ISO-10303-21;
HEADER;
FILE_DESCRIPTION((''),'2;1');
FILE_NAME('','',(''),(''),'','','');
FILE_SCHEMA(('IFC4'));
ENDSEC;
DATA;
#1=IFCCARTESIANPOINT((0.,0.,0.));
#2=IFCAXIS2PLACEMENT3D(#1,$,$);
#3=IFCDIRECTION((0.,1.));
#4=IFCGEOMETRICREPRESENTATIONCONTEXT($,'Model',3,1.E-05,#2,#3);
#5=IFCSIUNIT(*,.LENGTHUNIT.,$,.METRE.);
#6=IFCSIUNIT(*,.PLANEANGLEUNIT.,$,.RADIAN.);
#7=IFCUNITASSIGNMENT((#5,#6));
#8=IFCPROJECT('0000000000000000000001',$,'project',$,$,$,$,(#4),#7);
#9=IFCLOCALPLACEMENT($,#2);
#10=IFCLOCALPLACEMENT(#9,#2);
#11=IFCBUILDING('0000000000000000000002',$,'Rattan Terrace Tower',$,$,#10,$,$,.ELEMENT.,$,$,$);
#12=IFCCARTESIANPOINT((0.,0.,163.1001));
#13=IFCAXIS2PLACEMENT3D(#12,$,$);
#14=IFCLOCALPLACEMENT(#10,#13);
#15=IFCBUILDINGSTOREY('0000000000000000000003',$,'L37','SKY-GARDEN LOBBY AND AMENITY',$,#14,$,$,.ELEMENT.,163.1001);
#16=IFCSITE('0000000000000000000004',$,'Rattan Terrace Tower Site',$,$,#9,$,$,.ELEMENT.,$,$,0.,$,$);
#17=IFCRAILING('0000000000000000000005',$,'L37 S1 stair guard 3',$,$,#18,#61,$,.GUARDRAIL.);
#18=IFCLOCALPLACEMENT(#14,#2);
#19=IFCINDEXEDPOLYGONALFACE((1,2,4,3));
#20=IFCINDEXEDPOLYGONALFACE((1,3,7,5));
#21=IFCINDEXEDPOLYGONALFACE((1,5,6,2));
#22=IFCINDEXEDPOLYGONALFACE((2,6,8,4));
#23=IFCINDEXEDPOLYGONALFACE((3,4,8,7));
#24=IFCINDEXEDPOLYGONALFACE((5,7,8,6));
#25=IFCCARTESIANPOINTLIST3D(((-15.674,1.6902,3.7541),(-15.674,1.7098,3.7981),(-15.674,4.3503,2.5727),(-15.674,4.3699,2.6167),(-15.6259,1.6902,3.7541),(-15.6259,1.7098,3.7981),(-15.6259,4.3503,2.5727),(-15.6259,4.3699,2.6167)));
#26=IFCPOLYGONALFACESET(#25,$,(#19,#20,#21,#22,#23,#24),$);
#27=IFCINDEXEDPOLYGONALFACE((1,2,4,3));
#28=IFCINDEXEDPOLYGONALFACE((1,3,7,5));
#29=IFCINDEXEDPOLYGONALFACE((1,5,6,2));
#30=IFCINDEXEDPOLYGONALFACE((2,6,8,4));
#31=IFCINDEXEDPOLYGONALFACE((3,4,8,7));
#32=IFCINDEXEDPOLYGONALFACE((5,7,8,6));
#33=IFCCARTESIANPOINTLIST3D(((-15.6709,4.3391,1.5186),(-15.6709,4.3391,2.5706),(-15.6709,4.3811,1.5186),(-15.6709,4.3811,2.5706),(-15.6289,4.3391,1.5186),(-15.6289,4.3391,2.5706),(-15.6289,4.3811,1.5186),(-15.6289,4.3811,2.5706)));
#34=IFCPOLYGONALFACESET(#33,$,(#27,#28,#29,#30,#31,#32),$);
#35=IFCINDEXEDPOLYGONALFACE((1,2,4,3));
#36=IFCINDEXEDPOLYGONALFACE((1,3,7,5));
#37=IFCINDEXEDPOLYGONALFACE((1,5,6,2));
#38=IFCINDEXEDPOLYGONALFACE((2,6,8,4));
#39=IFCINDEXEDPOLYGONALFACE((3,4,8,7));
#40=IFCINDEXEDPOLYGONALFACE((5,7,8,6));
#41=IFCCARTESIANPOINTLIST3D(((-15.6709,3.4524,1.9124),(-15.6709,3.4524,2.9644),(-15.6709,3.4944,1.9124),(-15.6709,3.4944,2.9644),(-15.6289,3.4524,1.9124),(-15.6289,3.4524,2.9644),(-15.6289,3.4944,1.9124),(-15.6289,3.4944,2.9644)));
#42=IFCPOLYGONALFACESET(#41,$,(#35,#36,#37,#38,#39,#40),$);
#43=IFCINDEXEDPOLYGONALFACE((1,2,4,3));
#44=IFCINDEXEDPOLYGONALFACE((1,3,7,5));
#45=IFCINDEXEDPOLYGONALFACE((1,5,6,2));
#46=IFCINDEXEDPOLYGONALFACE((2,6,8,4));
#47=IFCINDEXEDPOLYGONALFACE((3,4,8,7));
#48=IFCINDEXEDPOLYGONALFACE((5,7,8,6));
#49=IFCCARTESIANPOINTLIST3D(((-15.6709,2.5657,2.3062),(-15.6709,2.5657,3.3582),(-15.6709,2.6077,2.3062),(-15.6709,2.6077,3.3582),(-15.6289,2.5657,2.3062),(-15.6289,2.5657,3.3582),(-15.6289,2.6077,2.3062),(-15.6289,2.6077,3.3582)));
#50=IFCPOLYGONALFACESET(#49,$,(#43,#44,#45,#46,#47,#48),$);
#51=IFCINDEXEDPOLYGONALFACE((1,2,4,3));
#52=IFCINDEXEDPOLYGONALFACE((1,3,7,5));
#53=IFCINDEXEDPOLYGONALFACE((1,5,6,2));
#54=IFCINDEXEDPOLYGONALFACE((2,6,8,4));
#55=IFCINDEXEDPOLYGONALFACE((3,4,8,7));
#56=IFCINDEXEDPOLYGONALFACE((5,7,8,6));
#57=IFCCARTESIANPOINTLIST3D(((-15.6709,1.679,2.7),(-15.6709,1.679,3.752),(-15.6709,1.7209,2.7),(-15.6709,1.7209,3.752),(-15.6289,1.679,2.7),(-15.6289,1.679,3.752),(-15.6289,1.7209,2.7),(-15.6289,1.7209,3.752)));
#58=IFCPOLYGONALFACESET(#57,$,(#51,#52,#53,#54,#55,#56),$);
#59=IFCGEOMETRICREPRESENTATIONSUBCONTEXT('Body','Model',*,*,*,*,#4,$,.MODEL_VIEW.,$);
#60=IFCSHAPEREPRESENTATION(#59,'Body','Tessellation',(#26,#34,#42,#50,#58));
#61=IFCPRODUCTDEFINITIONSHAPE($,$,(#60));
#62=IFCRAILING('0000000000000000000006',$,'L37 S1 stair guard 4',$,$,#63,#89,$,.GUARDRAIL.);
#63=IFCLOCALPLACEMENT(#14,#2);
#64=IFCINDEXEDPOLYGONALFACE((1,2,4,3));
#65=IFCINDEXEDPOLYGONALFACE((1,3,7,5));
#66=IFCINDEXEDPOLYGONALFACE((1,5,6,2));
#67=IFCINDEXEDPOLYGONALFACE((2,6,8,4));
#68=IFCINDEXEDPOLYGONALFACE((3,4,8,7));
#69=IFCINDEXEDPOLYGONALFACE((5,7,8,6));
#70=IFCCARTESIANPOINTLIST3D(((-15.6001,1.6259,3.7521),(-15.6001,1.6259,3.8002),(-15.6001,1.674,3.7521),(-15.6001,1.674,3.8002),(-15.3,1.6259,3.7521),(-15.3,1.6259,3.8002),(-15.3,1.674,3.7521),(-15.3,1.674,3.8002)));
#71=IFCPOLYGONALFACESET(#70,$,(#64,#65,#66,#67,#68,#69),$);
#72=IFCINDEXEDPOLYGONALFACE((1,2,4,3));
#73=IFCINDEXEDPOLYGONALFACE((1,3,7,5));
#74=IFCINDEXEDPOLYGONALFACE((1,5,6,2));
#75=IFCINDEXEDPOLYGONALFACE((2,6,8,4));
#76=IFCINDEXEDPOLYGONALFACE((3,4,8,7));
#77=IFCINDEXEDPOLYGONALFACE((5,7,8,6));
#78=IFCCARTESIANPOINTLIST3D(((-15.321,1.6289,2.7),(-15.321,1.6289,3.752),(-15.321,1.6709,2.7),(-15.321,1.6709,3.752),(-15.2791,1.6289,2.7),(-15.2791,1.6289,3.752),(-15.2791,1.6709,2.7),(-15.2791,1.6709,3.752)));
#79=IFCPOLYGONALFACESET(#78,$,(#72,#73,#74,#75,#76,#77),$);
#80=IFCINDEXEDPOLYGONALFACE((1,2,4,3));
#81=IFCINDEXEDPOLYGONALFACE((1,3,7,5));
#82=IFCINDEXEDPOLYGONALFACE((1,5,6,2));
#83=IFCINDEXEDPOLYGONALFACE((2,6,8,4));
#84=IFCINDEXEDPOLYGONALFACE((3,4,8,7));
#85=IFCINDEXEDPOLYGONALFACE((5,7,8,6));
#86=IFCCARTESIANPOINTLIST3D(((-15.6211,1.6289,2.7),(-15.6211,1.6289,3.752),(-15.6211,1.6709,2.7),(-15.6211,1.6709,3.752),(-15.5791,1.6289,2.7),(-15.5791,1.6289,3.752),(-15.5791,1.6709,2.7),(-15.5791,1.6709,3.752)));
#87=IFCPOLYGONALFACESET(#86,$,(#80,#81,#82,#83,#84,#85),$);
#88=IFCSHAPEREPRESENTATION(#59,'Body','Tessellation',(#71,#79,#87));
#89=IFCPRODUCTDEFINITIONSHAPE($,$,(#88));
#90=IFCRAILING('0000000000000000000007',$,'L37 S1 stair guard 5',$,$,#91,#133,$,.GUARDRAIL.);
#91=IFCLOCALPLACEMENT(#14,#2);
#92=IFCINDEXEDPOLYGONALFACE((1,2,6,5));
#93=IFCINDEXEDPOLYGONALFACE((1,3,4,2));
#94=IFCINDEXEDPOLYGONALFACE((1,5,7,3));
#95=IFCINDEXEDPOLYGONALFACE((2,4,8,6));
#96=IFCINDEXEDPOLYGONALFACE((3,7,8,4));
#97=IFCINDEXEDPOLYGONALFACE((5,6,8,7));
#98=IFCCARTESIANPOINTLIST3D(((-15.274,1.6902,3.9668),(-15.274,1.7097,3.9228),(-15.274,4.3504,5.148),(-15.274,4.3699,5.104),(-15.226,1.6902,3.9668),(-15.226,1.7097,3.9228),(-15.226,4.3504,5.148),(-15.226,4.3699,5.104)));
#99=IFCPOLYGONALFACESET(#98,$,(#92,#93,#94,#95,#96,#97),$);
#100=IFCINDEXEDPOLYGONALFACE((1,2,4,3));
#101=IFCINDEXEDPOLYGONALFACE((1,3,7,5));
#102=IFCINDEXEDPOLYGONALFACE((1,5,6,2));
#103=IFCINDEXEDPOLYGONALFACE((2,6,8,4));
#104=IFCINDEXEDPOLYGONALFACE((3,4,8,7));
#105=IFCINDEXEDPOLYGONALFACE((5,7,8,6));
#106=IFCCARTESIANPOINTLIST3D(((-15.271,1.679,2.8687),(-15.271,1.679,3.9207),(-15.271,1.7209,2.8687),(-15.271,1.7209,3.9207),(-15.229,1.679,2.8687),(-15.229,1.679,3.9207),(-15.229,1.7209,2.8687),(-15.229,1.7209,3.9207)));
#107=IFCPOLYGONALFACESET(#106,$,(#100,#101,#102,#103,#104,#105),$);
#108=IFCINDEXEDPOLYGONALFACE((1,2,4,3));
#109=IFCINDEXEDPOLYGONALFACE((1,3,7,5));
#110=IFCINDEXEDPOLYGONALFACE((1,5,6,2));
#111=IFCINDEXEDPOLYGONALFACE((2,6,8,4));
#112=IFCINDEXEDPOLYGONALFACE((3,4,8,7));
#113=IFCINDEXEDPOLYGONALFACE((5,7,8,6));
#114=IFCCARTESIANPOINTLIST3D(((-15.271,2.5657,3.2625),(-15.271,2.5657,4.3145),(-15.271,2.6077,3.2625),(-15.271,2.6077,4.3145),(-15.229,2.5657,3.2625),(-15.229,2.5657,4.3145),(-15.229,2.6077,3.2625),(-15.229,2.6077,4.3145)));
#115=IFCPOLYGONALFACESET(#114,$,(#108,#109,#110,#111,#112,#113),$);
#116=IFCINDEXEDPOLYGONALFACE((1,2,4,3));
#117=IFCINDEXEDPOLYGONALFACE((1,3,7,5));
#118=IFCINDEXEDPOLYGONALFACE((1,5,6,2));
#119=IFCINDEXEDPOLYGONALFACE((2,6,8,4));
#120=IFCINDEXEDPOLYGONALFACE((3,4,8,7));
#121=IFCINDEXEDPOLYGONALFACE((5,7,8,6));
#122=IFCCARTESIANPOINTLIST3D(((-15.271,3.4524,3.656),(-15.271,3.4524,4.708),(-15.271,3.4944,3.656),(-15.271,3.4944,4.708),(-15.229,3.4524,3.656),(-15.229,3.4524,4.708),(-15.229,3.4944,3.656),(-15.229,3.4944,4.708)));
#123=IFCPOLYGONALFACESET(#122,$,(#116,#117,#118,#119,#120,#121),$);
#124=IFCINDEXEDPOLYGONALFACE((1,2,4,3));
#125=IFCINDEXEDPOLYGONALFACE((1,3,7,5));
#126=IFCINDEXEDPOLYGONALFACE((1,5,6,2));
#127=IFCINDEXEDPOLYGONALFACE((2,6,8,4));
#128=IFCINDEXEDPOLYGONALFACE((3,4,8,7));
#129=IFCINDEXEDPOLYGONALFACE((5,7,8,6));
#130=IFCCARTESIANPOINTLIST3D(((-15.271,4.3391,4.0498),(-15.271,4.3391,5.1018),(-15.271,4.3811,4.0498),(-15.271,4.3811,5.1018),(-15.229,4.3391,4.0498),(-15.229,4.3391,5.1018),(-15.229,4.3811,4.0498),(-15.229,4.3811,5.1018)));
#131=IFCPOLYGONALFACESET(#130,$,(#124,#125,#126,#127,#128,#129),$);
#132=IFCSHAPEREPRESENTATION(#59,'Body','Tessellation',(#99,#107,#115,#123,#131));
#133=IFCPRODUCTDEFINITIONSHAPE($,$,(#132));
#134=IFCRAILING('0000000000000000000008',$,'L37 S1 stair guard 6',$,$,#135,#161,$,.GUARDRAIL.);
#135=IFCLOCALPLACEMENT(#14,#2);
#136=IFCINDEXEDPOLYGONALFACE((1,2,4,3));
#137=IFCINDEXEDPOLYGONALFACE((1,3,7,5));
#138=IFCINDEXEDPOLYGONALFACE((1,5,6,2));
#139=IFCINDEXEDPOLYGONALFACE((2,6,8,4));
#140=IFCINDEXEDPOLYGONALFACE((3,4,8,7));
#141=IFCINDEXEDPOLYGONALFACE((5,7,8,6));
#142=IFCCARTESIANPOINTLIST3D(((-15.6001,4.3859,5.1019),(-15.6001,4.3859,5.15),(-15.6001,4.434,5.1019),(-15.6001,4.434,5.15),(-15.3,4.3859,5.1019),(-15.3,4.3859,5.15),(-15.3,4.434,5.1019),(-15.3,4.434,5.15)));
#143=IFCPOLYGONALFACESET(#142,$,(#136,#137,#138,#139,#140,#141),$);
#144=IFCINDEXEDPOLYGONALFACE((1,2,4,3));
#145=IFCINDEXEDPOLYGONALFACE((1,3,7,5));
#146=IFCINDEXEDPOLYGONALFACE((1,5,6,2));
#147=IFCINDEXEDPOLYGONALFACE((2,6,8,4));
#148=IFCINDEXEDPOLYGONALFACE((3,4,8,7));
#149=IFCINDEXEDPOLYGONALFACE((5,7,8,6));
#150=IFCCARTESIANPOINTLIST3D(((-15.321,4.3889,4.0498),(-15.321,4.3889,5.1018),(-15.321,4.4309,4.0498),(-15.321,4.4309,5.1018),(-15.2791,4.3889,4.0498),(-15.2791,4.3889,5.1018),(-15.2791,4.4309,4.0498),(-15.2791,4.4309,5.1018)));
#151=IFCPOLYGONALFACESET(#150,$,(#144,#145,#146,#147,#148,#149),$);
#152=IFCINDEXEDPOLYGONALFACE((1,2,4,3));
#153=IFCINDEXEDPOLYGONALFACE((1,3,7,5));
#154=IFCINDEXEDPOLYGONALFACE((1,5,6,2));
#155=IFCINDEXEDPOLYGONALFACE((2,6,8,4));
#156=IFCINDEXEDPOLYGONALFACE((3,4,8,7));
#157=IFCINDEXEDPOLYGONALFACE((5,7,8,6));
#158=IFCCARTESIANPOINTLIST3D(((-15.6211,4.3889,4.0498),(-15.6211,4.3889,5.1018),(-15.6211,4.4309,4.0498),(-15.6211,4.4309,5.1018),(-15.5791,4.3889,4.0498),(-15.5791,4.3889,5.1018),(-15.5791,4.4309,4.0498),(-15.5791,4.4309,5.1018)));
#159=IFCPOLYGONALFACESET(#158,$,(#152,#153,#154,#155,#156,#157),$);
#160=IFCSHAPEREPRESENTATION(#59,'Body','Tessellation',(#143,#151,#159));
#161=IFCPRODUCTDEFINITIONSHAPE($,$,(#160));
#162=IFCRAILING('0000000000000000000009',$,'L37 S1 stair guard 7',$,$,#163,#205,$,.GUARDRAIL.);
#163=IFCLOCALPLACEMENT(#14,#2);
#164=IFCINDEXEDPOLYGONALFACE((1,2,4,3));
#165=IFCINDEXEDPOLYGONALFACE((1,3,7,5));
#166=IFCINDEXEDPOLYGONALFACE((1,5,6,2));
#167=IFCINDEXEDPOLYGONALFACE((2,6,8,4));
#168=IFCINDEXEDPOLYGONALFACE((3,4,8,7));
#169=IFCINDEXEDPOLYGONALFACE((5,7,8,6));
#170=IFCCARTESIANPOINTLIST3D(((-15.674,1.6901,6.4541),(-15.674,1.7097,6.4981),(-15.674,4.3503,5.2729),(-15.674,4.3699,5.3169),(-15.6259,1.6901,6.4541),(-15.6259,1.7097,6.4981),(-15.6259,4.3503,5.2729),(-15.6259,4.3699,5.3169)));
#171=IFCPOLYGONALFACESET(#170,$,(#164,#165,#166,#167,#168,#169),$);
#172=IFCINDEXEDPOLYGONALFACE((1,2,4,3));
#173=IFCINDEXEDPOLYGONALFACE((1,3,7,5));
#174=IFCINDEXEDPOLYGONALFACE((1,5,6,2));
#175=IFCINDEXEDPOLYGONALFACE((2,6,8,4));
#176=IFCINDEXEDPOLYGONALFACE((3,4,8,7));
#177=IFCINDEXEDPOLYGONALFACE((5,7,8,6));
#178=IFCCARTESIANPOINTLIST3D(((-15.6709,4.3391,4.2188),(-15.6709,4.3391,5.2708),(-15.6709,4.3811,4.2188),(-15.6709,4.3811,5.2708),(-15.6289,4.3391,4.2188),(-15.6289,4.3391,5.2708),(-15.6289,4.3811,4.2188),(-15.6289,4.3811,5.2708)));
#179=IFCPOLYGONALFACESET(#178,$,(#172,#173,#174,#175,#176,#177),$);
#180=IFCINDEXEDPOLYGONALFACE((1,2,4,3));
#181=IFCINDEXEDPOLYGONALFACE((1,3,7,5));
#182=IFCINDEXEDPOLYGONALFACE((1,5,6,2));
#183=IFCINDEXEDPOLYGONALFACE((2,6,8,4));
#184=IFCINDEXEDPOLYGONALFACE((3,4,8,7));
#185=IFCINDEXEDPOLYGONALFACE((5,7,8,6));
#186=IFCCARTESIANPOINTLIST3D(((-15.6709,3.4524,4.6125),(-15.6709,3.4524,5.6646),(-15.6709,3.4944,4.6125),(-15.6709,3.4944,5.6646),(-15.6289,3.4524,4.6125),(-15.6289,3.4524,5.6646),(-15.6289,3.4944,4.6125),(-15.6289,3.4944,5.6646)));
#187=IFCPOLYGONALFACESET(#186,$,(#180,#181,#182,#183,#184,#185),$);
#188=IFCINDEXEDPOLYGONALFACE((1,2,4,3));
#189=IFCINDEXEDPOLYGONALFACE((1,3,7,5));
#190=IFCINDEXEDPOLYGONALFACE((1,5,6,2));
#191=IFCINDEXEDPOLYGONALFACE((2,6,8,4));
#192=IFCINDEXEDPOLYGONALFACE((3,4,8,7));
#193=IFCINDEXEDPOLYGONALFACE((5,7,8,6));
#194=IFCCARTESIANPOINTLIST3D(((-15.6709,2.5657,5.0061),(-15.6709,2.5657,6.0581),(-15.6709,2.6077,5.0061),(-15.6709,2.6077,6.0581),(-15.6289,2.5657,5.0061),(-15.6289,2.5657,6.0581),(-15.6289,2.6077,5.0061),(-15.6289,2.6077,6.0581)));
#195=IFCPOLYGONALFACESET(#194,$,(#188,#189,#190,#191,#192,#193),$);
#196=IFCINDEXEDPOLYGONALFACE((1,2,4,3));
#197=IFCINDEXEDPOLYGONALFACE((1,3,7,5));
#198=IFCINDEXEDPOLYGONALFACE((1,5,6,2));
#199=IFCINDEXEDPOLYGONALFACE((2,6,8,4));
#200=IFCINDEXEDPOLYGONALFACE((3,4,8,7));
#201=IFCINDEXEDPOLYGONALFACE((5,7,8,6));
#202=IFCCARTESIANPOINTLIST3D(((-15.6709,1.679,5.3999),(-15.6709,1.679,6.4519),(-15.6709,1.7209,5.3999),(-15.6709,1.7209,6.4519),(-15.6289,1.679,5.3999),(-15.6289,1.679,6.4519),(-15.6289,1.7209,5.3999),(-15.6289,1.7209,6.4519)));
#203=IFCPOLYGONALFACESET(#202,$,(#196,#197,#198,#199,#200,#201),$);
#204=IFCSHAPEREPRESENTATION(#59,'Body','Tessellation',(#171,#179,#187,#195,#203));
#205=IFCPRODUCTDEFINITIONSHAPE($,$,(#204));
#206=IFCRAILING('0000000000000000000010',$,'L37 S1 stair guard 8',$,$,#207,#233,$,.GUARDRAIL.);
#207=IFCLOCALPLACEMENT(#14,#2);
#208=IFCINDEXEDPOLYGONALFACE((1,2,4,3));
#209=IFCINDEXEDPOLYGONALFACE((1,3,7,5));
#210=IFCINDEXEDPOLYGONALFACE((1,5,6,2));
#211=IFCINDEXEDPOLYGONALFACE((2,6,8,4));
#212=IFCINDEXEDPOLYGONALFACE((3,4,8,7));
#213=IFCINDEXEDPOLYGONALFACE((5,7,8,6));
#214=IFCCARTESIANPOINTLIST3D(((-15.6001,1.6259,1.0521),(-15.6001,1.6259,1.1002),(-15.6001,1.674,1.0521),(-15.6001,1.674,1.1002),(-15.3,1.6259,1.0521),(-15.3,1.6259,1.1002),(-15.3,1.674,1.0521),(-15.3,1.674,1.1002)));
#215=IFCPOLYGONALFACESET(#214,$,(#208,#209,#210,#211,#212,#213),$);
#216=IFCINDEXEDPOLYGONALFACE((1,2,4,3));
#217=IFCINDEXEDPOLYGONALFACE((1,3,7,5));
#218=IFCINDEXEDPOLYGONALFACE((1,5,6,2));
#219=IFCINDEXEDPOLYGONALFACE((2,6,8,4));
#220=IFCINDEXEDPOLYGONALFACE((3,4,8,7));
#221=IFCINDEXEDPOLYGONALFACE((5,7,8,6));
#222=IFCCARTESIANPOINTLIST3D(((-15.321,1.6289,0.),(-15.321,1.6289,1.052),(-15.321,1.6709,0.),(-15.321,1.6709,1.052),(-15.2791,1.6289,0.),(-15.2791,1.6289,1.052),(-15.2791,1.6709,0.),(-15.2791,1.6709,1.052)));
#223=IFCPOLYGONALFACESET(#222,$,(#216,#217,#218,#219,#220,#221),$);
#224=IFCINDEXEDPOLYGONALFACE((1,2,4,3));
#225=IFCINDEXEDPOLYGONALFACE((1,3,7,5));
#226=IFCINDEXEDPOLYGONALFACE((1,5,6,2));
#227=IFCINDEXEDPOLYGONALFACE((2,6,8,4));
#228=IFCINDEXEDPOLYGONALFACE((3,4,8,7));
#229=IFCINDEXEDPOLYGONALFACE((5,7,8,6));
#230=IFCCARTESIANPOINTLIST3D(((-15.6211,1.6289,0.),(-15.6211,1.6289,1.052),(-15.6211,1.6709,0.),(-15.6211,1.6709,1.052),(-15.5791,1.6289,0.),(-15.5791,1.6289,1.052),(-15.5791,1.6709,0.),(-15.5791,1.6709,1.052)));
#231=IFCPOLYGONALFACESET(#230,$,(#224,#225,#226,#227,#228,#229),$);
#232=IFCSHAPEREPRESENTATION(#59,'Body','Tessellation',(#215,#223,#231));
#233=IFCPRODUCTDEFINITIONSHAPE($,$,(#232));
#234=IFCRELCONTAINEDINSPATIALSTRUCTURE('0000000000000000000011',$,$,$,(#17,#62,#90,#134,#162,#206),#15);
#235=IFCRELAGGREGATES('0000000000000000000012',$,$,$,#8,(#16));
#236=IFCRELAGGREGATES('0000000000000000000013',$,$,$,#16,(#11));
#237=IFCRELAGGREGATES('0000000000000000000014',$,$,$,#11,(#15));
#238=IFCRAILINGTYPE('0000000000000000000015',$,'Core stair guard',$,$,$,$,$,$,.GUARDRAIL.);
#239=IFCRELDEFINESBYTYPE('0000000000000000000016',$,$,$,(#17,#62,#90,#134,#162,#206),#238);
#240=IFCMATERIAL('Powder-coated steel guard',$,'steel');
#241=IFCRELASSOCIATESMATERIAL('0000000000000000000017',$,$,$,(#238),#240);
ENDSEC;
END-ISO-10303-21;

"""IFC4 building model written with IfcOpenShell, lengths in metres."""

from ifc_helpers import new_model, si_unit, direction, frame, origin, origin_2d, place, context, subcontext, project, spatial, rectangle, extrude, material, type_object, element, save


model = new_model("IFC4")

# Units and contexts
model_context = context("Model", 3, precision=1e-05, world=origin(), true_north=direction((0.0, 1.0)))
body_context = subcontext(model_context, "Body", "Model", "MODEL_VIEW")
ifc_project = project(units=[si_unit("LENGTHUNIT", "METRE"), si_unit("PLANEANGLEUNIT", "RADIAN")], contexts=[model_context])

# Site, building, storey
site_placement = place(None, origin())
site = spatial("IfcSite", under=ifc_project, at=site_placement, Name="Rattan Terrace Tower Site", CompositionType="ELEMENT", RefElevation=0.0)
building_placement = place(site_placement, origin())
building = spatial("IfcBuilding", under=site, at=building_placement, Name="Rattan Terrace Tower", CompositionType="ELEMENT")
storey_placement = place(building_placement, frame((0.0, 0.0, 163.1001)))
storey = spatial("IfcBuildingStorey", under=building, at=storey_placement, Name="L37", Description="SKY-GARDEN LOBBY AND AMENITY", CompositionType="ELEMENT", Elevation=163.1001)

# Railings
ifc_material_1 = material(Name="Powder-coated steel guard", Category="steel")
railing_type_1 = type_object("IfcRailingType", Name="Core stair guard", PredefinedType="GUARDRAIL", material=ifc_material_1)
railing_1_placement = place(storey_placement, frame((-15.6499, 4.3601, 1.5186)))
element("IfcRailing", 1, at=railing_1_placement, inside=storey, type_object=railing_type_1, Name="L37 S1 stair guard 3", PredefinedType="GUARDRAIL", context=body_context, shape_type="SweptSolid", body=[
    extrude(rectangle(XDim=0.0481, YDim=0.0481, at=origin_2d()), frame((0.0, 0.0, 1.0762), z_axis=(0.0, -0.913926, 0.405882), x_axis=(1.0, 0.0, 0.0)), (0.0, 0.0, 1.0), 2.9106),
    extrude(rectangle(XDim=0.042, YDim=0.042, at=origin_2d()), origin(), (0.0, 0.0, 1.0), 1.052),
    extrude(rectangle(XDim=0.042, YDim=0.042, at=origin_2d()), frame((0.0, -0.8867, 0.3938)), (0.0, 0.0, 1.0), 1.052),
    extrude(rectangle(XDim=0.042, YDim=0.042, at=origin_2d()), frame((0.0, -1.7734, 0.7876)), (0.0, 0.0, 1.0), 1.052),
    extrude(rectangle(XDim=0.042, YDim=0.042, at=origin_2d()), frame((0.0, -2.6602, 1.1814)), (0.0, 0.0, 1.0), 1.052),
])
railing_2_placement = place(storey_placement, frame((-15.3, 1.6499, 2.7)))
element("IfcRailing", 2, at=railing_2_placement, inside=storey, type_object=railing_type_1, Name="L37 S1 stair guard 4", PredefinedType="GUARDRAIL", context=body_context, shape_type="SweptSolid", body=[
    extrude(rectangle(XDim=0.0481, YDim=0.0481, at=origin_2d()), frame((0.0, 0.0, 1.0762), z_axis=(-1.0, 0.0, 0.0), x_axis=(0.0, -1.0, 0.0)), (0.0, 0.0, 1.0), 0.3),
    extrude(rectangle(XDim=0.042, YDim=0.042, at=origin_2d()), origin(), (0.0, 0.0, 1.0), 1.052),
    extrude(rectangle(XDim=0.042, YDim=0.042, at=origin_2d()), frame((-0.3, 0.0, 0.0)), (0.0, 0.0, 1.0), 1.052),
])
railing_3_placement = place(storey_placement, frame((-15.25, 1.7, 2.8687)))
element("IfcRailing", 3, at=railing_3_placement, inside=storey, type_object=railing_type_1, Name="L37 S1 stair guard 5", PredefinedType="GUARDRAIL", context=body_context, shape_type="SweptSolid", body=[
    extrude(rectangle(XDim=0.0481, YDim=0.0481, at=origin_2d()), frame((0.0, 0.0, 1.0762), z_axis=(0.0, 0.913957, 0.405812), x_axis=(-1.0, 0.0, 0.0)), (0.0, 0.0, 1.0), 2.9106),
    extrude(rectangle(XDim=0.042, YDim=0.042, at=origin_2d()), origin(), (0.0, 0.0, 1.0), 1.052),
    extrude(rectangle(XDim=0.042, YDim=0.042, at=origin_2d()), frame((0.0, 0.8867, 0.3938)), (0.0, 0.0, 1.0), 1.052),
    extrude(rectangle(XDim=0.042, YDim=0.042, at=origin_2d()), frame((0.0, 1.7734, 0.7874)), (0.0, 0.0, 1.0), 1.052),
    extrude(rectangle(XDim=0.042, YDim=0.042, at=origin_2d()), frame((0.0, 2.6602, 1.1812)), (0.0, 0.0, 1.0), 1.052),
])
railing_4_placement = place(storey_placement, frame((-15.3, 4.4099, 4.0498)))
element("IfcRailing", 4, at=railing_4_placement, inside=storey, type_object=railing_type_1, Name="L37 S1 stair guard 6", PredefinedType="GUARDRAIL", context=body_context, shape_type="SweptSolid", body=[
    extrude(rectangle(XDim=0.0481, YDim=0.0481, at=origin_2d()), frame((0.0, 0.0, 1.0762), z_axis=(-1.0, 0.0, 0.0), x_axis=(0.0, -1.0, 0.0)), (0.0, 0.0, 1.0), 0.3),
    extrude(rectangle(XDim=0.042, YDim=0.042, at=origin_2d()), origin(), (0.0, 0.0, 1.0), 1.052),
    extrude(rectangle(XDim=0.042, YDim=0.042, at=origin_2d()), frame((-0.3, 0.0, 0.0)), (0.0, 0.0, 1.0), 1.052),
])
railing_5_placement = place(storey_placement, frame((-15.6499, 4.3601, 4.2188)))
element("IfcRailing", 5, at=railing_5_placement, inside=storey, type_object=railing_type_1, Name="L37 S1 stair guard 7", PredefinedType="GUARDRAIL", context=body_context, shape_type="SweptSolid", body=[
    extrude(rectangle(XDim=0.0481, YDim=0.0481, at=origin_2d()), frame((0.0, 0.0, 1.0762), z_axis=(0.0, -0.913957, 0.405812), x_axis=(1.0, 0.0, 0.0)), (0.0, 0.0, 1.0), 2.9106),
    extrude(rectangle(XDim=0.042, YDim=0.042, at=origin_2d()), origin(), (0.0, 0.0, 1.0), 1.052),
    extrude(rectangle(XDim=0.042, YDim=0.042, at=origin_2d()), frame((0.0, -0.8867, 0.3938)), (0.0, 0.0, 1.0), 1.052),
    extrude(rectangle(XDim=0.042, YDim=0.042, at=origin_2d()), frame((0.0, -1.7734, 0.7874)), (0.0, 0.0, 1.0), 1.052),
    extrude(rectangle(XDim=0.042, YDim=0.042, at=origin_2d()), frame((0.0, -2.6602, 1.1812)), (0.0, 0.0, 1.0), 1.052),
])
railing_6_placement = place(storey_placement, frame((-15.3, 1.6499, 0.0)))
element("IfcRailing", 6, at=railing_6_placement, inside=storey, type_object=railing_type_1, Name="L37 S1 stair guard 8", PredefinedType="GUARDRAIL", context=body_context, shape_type="SweptSolid", body=[
    extrude(rectangle(XDim=0.0481, YDim=0.0481, at=origin_2d()), frame((0.0, 0.0, 1.0762), z_axis=(-1.0, 0.0, 0.0), x_axis=(0.0, -1.0, 0.0)), (0.0, 0.0, 1.0), 0.3),
    extrude(rectangle(XDim=0.042, YDim=0.042, at=origin_2d()), origin(), (0.0, 0.0, 1.0), 1.052),
    extrude(rectangle(XDim=0.042, YDim=0.042, at=origin_2d()), frame((-0.3, 0.0, 0.0)), (0.0, 0.0, 1.0), 1.052),
])

save(model, "model.ifc")
